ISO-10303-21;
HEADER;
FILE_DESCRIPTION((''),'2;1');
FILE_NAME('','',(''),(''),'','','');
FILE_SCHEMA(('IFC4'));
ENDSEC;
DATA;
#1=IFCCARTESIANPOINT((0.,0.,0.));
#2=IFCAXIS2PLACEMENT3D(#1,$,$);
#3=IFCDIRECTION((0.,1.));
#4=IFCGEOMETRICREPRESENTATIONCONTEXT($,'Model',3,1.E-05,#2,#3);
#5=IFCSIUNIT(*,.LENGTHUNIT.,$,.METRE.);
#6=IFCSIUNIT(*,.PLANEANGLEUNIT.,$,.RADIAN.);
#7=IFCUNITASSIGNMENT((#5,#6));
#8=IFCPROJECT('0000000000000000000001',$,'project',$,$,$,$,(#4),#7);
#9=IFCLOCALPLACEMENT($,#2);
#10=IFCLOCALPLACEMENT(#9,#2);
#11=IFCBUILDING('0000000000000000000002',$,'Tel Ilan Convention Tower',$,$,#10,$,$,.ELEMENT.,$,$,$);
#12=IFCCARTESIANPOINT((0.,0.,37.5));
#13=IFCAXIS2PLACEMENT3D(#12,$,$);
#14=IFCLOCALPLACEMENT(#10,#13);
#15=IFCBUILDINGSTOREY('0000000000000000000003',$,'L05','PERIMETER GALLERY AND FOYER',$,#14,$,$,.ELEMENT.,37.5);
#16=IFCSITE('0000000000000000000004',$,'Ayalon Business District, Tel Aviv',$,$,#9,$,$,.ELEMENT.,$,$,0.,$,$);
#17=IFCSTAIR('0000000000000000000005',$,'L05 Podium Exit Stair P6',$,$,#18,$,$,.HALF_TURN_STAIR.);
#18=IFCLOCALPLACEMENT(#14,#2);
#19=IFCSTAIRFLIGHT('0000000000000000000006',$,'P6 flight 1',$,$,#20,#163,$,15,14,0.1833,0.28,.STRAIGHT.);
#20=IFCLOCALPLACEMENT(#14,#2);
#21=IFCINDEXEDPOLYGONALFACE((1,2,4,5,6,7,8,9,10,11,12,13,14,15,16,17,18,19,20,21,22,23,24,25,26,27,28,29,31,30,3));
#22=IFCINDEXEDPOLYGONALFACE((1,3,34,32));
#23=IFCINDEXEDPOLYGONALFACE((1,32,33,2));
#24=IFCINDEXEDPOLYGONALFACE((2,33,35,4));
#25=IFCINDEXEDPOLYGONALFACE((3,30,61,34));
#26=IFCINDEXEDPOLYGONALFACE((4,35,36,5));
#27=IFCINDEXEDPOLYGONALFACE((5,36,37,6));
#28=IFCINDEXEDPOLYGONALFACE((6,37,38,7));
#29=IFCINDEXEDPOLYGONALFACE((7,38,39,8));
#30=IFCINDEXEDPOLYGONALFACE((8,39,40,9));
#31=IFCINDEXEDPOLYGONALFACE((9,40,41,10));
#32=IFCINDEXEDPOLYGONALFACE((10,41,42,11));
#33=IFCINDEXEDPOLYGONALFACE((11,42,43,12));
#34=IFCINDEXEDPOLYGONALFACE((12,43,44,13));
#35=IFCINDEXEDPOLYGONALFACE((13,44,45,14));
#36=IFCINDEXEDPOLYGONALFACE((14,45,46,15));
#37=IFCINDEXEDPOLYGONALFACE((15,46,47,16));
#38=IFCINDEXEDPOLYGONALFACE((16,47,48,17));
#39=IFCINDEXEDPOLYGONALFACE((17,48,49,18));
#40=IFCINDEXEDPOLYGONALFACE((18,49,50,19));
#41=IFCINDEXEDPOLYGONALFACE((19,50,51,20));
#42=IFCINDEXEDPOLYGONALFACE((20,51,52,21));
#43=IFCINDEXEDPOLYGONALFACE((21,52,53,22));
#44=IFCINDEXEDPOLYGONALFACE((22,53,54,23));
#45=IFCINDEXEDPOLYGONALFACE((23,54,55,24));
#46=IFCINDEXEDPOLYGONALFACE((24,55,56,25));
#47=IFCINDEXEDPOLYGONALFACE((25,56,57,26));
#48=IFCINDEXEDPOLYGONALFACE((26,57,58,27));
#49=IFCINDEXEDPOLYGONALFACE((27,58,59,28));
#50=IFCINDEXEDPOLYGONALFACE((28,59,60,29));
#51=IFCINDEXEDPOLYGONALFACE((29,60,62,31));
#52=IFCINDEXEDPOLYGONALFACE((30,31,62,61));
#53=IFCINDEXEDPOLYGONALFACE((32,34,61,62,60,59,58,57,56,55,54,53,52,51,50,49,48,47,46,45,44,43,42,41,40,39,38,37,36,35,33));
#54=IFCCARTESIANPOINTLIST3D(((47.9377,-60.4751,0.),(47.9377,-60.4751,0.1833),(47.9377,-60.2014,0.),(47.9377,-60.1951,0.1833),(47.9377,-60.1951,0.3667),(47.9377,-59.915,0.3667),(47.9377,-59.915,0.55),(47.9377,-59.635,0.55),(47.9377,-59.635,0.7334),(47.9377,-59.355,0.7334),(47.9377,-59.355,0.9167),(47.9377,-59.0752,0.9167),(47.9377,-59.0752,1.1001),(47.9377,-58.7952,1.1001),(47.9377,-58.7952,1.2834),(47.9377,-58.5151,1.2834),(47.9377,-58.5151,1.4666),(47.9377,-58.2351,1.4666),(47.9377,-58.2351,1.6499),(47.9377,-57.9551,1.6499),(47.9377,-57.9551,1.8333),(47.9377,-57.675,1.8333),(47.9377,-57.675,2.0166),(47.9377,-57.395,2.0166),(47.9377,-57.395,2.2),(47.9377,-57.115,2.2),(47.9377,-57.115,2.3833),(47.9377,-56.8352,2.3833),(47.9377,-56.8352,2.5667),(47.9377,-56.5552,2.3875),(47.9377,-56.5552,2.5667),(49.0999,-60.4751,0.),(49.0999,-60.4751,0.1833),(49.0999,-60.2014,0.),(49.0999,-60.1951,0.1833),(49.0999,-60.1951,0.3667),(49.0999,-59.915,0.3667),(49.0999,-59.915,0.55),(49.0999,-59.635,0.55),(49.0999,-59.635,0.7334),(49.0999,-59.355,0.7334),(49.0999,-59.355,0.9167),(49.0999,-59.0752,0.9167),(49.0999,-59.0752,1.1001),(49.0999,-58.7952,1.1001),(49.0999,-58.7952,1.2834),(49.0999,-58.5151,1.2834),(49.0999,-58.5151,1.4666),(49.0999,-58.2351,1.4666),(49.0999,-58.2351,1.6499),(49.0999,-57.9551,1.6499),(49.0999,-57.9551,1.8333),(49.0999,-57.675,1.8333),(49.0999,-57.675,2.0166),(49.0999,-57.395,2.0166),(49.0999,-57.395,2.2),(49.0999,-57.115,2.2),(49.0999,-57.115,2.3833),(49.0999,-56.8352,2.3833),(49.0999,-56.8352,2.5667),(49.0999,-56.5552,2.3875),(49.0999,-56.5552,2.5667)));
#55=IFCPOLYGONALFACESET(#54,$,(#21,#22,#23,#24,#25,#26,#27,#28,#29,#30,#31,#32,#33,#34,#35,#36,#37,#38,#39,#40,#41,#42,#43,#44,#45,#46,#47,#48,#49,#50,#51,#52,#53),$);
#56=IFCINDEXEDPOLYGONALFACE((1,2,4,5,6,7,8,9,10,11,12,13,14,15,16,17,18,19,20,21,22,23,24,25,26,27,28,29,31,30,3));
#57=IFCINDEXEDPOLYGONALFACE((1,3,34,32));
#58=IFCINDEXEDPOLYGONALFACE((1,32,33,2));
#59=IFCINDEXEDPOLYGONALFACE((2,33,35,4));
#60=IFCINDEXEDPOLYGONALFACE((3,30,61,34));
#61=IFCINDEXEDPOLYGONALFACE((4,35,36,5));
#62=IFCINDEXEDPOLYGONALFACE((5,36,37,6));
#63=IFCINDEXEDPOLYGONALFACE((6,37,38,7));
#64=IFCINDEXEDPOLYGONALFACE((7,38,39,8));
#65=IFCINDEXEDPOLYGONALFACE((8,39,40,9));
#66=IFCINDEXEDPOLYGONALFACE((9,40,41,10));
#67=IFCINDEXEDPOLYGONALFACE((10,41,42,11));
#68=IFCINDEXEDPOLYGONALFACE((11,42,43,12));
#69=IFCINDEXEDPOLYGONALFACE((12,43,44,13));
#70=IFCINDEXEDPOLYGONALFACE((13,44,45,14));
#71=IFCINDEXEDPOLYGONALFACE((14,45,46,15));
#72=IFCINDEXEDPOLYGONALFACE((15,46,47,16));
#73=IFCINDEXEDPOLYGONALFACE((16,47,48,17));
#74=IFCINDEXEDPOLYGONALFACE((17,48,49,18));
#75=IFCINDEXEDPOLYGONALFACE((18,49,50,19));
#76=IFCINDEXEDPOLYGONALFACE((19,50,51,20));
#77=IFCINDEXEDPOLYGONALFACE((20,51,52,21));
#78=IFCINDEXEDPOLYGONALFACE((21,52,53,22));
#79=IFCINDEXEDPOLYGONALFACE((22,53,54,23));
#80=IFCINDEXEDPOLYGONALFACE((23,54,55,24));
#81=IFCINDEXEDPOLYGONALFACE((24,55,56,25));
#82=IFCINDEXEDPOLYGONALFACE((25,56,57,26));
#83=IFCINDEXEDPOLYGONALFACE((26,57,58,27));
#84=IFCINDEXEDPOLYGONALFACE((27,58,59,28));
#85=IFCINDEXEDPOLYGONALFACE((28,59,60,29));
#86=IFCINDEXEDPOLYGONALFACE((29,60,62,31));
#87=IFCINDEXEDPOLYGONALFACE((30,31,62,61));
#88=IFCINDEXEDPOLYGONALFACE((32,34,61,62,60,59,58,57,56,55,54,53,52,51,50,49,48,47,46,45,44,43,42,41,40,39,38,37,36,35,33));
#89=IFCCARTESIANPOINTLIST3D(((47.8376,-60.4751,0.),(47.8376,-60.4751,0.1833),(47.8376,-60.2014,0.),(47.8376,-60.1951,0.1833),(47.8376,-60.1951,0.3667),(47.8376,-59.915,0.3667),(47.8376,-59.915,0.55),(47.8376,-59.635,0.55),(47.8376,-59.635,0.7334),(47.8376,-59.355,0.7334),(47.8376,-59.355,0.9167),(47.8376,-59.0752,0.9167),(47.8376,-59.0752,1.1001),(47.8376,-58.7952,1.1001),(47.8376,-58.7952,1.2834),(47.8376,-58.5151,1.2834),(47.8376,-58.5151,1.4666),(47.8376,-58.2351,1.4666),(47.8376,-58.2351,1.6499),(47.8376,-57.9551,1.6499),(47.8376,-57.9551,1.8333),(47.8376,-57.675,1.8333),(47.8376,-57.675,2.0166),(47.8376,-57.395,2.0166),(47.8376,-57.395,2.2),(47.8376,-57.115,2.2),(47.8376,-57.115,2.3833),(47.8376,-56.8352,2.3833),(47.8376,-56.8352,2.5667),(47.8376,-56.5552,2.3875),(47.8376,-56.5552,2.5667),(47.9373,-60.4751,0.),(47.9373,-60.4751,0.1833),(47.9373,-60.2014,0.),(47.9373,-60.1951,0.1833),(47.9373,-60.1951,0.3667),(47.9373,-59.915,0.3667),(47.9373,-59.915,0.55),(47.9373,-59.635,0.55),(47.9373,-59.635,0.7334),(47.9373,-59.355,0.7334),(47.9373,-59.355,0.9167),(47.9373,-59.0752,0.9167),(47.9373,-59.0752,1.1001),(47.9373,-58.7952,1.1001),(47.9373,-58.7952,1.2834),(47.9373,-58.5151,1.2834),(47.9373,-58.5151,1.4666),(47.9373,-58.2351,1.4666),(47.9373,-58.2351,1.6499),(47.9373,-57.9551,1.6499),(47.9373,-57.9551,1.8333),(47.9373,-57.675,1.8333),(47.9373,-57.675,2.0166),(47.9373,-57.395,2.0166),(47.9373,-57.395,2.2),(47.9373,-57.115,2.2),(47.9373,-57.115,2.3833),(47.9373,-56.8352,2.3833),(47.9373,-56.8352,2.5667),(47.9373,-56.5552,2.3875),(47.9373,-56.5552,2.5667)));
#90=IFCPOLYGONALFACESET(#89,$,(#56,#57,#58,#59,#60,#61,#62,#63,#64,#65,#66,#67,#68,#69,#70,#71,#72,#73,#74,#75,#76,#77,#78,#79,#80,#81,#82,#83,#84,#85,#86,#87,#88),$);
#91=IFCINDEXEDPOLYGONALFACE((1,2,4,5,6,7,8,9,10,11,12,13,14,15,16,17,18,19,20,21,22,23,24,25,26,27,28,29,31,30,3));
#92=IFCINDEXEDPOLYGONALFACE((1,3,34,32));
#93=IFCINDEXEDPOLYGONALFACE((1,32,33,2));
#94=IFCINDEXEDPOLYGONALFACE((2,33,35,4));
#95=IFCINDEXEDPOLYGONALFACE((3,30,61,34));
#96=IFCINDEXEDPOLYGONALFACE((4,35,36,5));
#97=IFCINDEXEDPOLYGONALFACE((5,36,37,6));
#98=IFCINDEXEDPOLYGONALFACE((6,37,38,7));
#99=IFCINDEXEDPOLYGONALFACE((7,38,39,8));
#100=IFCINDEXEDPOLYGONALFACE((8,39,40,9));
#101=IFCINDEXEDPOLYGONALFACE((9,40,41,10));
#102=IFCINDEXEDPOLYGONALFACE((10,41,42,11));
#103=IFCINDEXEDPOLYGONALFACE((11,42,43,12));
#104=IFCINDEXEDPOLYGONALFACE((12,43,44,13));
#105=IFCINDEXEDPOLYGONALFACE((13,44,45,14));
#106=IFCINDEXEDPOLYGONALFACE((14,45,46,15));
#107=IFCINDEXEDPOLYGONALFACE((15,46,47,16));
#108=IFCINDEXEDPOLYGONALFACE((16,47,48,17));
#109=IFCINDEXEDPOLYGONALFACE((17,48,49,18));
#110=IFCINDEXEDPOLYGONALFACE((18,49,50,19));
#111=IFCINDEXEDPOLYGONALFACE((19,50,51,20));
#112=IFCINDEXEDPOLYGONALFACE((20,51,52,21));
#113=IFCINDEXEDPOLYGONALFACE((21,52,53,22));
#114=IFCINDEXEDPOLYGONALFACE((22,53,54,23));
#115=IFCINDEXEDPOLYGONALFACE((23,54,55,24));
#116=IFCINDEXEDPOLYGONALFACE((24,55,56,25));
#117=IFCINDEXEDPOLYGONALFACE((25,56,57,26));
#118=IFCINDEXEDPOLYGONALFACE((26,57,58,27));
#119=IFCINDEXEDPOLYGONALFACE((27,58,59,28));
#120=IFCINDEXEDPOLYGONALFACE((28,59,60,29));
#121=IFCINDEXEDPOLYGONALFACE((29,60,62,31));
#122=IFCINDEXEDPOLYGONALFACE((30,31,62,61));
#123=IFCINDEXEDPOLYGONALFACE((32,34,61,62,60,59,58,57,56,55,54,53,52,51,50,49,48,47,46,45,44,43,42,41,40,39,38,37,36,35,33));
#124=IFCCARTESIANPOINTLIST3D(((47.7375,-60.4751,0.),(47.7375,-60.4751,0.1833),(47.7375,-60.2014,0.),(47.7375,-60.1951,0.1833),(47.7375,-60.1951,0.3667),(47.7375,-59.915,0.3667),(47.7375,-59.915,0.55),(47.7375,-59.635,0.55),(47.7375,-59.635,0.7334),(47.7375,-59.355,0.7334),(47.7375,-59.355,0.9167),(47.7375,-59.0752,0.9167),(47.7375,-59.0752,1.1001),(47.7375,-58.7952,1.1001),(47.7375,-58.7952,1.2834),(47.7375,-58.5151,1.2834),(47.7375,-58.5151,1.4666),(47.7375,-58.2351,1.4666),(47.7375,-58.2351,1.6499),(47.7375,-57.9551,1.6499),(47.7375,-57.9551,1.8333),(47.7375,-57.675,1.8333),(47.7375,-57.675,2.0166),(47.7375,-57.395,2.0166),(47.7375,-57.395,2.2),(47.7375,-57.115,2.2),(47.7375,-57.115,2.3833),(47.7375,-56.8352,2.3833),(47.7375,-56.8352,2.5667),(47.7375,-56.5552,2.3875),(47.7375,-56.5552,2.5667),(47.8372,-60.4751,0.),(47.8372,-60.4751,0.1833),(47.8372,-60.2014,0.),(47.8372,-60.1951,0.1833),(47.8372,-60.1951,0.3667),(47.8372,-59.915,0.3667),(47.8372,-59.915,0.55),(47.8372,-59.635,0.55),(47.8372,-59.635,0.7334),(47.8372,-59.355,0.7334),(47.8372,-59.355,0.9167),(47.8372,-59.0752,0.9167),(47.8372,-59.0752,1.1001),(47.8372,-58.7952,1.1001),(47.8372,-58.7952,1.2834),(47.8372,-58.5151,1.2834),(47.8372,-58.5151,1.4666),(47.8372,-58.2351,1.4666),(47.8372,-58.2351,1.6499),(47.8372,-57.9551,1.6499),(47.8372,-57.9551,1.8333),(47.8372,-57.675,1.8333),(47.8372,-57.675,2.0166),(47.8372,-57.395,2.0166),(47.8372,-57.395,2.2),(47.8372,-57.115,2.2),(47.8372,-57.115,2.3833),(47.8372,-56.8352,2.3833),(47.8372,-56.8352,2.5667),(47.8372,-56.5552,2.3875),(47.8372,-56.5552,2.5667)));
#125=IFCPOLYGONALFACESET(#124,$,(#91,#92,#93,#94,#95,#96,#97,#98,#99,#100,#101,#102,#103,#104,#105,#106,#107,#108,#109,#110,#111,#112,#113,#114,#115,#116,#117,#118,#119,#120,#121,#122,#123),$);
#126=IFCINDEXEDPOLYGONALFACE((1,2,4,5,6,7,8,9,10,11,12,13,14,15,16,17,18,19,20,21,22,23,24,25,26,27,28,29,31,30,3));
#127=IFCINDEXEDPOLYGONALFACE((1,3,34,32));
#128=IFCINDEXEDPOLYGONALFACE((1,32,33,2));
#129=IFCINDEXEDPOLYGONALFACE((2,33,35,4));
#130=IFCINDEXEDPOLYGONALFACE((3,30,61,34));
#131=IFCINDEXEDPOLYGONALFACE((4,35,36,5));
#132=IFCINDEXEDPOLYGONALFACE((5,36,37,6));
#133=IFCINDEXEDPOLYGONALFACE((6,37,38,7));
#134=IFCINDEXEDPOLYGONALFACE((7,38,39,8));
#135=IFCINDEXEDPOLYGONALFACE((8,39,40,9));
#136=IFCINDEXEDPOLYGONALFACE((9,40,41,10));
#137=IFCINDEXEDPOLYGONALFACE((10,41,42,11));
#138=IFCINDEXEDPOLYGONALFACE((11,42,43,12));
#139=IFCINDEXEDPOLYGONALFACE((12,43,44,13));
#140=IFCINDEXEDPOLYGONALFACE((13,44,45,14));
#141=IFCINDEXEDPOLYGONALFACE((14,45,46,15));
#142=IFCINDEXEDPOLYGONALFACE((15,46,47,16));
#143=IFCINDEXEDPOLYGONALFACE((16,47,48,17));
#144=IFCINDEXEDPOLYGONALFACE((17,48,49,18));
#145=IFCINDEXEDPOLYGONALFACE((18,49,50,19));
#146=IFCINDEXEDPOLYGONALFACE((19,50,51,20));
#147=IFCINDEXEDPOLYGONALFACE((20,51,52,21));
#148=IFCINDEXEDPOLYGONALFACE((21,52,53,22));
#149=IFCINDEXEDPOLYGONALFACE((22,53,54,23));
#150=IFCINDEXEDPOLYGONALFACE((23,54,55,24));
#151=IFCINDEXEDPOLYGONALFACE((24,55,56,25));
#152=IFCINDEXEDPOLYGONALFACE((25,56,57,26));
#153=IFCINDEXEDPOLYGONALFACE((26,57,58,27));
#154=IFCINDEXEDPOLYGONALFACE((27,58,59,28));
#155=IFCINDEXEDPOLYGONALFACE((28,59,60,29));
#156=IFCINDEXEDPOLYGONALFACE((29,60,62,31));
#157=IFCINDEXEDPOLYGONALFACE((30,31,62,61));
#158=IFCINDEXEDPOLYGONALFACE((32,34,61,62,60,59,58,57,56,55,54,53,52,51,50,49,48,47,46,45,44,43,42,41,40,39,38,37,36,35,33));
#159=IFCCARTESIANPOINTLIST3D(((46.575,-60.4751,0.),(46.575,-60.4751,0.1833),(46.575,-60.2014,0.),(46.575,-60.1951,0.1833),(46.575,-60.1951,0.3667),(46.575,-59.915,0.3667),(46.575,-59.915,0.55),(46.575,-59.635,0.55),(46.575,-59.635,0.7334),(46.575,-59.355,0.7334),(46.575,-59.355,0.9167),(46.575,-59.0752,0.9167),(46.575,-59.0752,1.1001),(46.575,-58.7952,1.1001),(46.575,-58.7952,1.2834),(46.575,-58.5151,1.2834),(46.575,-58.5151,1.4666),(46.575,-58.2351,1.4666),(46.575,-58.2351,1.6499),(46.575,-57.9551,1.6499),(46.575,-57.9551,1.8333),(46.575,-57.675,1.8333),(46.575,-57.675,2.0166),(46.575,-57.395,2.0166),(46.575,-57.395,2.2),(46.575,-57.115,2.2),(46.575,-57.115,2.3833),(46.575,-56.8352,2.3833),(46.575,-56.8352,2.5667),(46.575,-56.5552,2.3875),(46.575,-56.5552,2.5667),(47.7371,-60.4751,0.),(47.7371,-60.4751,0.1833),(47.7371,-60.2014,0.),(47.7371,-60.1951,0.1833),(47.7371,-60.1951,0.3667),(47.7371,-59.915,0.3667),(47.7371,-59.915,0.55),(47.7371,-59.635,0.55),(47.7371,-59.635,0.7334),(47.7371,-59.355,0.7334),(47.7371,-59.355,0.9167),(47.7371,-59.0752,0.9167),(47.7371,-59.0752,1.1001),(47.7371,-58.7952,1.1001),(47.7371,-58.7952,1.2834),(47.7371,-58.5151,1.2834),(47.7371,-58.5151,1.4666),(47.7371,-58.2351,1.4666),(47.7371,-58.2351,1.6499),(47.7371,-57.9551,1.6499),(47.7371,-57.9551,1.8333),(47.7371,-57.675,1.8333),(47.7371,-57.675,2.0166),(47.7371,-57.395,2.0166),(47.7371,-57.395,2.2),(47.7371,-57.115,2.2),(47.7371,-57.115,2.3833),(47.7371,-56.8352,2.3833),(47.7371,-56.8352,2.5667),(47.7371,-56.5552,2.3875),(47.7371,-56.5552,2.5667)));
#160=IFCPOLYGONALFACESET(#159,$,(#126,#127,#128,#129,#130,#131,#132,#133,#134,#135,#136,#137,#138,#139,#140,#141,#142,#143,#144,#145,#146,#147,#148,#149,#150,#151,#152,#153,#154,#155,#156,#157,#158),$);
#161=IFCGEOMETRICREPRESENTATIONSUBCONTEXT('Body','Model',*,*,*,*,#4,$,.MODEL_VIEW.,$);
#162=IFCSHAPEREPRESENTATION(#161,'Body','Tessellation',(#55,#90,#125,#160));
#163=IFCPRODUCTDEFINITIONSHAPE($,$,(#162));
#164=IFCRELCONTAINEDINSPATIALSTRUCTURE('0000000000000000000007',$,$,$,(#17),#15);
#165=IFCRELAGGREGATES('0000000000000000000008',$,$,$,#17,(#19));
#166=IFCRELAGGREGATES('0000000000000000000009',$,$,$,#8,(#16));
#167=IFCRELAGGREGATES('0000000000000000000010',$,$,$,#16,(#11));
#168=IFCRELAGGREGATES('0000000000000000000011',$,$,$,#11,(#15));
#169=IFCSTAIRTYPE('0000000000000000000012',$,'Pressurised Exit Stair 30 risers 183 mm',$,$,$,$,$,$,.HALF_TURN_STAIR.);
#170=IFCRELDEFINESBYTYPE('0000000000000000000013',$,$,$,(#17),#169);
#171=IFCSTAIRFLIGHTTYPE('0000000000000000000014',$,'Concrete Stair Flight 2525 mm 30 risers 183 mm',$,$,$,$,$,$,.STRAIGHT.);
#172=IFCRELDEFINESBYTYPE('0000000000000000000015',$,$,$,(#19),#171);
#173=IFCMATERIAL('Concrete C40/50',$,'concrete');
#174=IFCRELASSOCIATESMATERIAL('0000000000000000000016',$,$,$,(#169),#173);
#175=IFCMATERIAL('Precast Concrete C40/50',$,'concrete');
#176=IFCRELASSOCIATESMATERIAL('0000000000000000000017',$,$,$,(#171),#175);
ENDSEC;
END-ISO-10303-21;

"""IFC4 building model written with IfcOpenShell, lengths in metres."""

from ifc_helpers import new_model, si_unit, direction, frame, origin, place, context, subcontext, project, spatial, polyline, outline, extrude, material, type_object, element, aggregate, save


model = new_model("IFC4")

# Units and contexts
model_context = context("Model", 3, precision=1e-05, world=origin(), true_north=direction((0.0, 1.0)))
body_context = subcontext(model_context, "Body", "Model", "MODEL_VIEW")
ifc_project = project(units=[si_unit("LENGTHUNIT", "METRE"), si_unit("PLANEANGLEUNIT", "RADIAN")], contexts=[model_context])

# Site, building, storey
site_placement = place(None, origin())
site = spatial("IfcSite", under=ifc_project, at=site_placement, Name="Ayalon Business District, Tel Aviv", CompositionType="ELEMENT", RefElevation=0.0)
building_placement = place(site_placement, origin())
building = spatial("IfcBuilding", under=site, at=building_placement, Name="Tel Ilan Convention Tower", CompositionType="ELEMENT")
storey_placement = place(building_placement, frame((0.0, 0.0, 37.5)))
storey = spatial("IfcBuildingStorey", under=building, at=storey_placement, Name="L05", Description="PERIMETER GALLERY AND FOYER", CompositionType="ELEMENT", Elevation=37.5)

# Stair, stair flight
ifc_material_1 = material(Name="Concrete C40/50", Category="concrete")
stair_type = type_object("IfcStairType", Name="Pressurised Exit Stair 30 risers 183 mm", PredefinedType="HALF_TURN_STAIR", material=ifc_material_1)
stair_1_placement = place(storey_placement, origin())
stair_1 = element("IfcStair", 1, at=stair_1_placement, inside=storey, type_object=stair_type, Name="L05 Podium Exit Stair P6", PredefinedType="HALF_TURN_STAIR")
ifc_material_2 = material(Name="Precast Concrete C40/50", Category="concrete")
stair_flight_type = type_object("IfcStairFlightType", Name="Concrete Stair Flight 2525 mm 30 risers 183 mm", PredefinedType="STRAIGHT", material=ifc_material_2)
stair_flight_1_placement = place(storey_placement, frame((47.8374, -60.4751, 0.0), z_axis=(0.0, 0.0, 1.0), x_axis=(0.0, 1.0, 0.0)))
stair_flight_1 = element("IfcStairFlight", 2, at=stair_flight_1_placement, type_object=stair_flight_type, Name="P6 flight 1", NumberOfRisers=15, NumberOfTreads=14, PredefinedType="STRAIGHT", RiserHeight=0.1833, TreadLength=0.28, context=body_context, shape_type="SweptSolid", body=[
    extrude(outline(polyline([(0.0, 0.0), (0.0, 0.1833), (0.28, 0.1833), (0.28, 0.3667), (0.5601, 0.3667), (0.5601, 0.55), (0.8401, 0.55), (0.8401, 0.7334), (1.1201, 0.7334), (1.1201, 0.9167), (1.3999, 0.9167), (1.3999, 1.1001), (1.6799, 1.1001), (1.6799, 1.2834), (1.96, 1.2834), (1.96, 1.4666), (2.24, 1.4666), (2.24, 1.6499), (2.52, 1.6499), (2.52, 1.8333), (2.8, 1.8333), (2.8, 2.0166), (3.0801, 2.0166), (3.0801, 2.2), (3.3601, 2.2), (3.3601, 2.3833), (3.6399, 2.3833), (3.6399, 2.5667), (3.9199, 2.5667), (3.9199, 2.75), (3.9199, 2.3875), (0.2737, 0.0), (0.0, 0.0)])), frame((0.0, -0.1003, 0.0), z_axis=(0.0, -1.0, 0.0), x_axis=(1.0, 0.0, 0.0)), (0.0, 0.0, 1.0), 1.1621),
    extrude(outline(polyline([(0.0, 0.0), (0.0, 0.1833), (0.28, 0.1833), (0.28, 0.3667), (0.5601, 0.3667), (0.5601, 0.55), (0.8401, 0.55), (0.8401, 0.7334), (1.1201, 0.7334), (1.1201, 0.9167), (1.3999, 0.9167), (1.3999, 1.1001), (1.6799, 1.1001), (1.6799, 1.2834), (1.96, 1.2834), (1.96, 1.4666), (2.24, 1.4666), (2.24, 1.6499), (2.52, 1.6499), (2.52, 1.8333), (2.8, 1.8333), (2.8, 2.0166), (3.0801, 2.0166), (3.0801, 2.2), (3.3601, 2.2), (3.3601, 2.3833), (3.6399, 2.3833), (3.6399, 2.5667), (3.9199, 2.5667), (3.9199, 2.75), (3.9199, 2.3875), (0.2737, 0.0), (0.0, 0.0)])), frame((0.0, -0.0002, 0.0), z_axis=(0.0, -1.0, 0.0), x_axis=(1.0, 0.0, 0.0)), (0.0, 0.0, 1.0), 0.0996),
    extrude(outline(polyline([(0.0, 0.0), (0.0, 0.1833), (0.28, 0.1833), (0.28, 0.3667), (0.5601, 0.3667), (0.5601, 0.55), (0.8401, 0.55), (0.8401, 0.7334), (1.1201, 0.7334), (1.1201, 0.9167), (1.3999, 0.9167), (1.3999, 1.1001), (1.6799, 1.1001), (1.6799, 1.2834), (1.96, 1.2834), (1.96, 1.4666), (2.24, 1.4666), (2.24, 1.6499), (2.52, 1.6499), (2.52, 1.8333), (2.8, 1.8333), (2.8, 2.0166), (3.0801, 2.0166), (3.0801, 2.2), (3.3601, 2.2), (3.3601, 2.3833), (3.6399, 2.3833), (3.6399, 2.5667), (3.9199, 2.5667), (3.9199, 2.75), (3.9199, 2.3875), (0.2737, 0.0), (0.0, 0.0)])), frame((0.0, 0.0999, 0.0), z_axis=(0.0, -1.0, 0.0), x_axis=(1.0, 0.0, 0.0)), (0.0, 0.0, 1.0), 0.0996),
    extrude(outline(polyline([(0.0, 0.0), (0.0, 0.1833), (0.28, 0.1833), (0.28, 0.3667), (0.5601, 0.3667), (0.5601, 0.55), (0.8401, 0.55), (0.8401, 0.7334), (1.1201, 0.7334), (1.1201, 0.9167), (1.3999, 0.9167), (1.3999, 1.1001), (1.6799, 1.1001), (1.6799, 1.2834), (1.96, 1.2834), (1.96, 1.4666), (2.24, 1.4666), (2.24, 1.6499), (2.52, 1.6499), (2.52, 1.8333), (2.8, 1.8333), (2.8, 2.0166), (3.0801, 2.0166), (3.0801, 2.2), (3.3601, 2.2), (3.3601, 2.3833), (3.6399, 2.3833), (3.6399, 2.5667), (3.9199, 2.5667), (3.9199, 2.75), (3.9199, 2.3875), (0.2737, 0.0), (0.0, 0.0)])), frame((0.0, 1.2625, 0.0), z_axis=(0.0, -1.0, 0.0), x_axis=(1.0, 0.0, 0.0)), (0.0, 0.0, 1.0), 1.1621),
])
aggregate(stair_1, [stair_flight_1])

save(model, "model.ifc")
